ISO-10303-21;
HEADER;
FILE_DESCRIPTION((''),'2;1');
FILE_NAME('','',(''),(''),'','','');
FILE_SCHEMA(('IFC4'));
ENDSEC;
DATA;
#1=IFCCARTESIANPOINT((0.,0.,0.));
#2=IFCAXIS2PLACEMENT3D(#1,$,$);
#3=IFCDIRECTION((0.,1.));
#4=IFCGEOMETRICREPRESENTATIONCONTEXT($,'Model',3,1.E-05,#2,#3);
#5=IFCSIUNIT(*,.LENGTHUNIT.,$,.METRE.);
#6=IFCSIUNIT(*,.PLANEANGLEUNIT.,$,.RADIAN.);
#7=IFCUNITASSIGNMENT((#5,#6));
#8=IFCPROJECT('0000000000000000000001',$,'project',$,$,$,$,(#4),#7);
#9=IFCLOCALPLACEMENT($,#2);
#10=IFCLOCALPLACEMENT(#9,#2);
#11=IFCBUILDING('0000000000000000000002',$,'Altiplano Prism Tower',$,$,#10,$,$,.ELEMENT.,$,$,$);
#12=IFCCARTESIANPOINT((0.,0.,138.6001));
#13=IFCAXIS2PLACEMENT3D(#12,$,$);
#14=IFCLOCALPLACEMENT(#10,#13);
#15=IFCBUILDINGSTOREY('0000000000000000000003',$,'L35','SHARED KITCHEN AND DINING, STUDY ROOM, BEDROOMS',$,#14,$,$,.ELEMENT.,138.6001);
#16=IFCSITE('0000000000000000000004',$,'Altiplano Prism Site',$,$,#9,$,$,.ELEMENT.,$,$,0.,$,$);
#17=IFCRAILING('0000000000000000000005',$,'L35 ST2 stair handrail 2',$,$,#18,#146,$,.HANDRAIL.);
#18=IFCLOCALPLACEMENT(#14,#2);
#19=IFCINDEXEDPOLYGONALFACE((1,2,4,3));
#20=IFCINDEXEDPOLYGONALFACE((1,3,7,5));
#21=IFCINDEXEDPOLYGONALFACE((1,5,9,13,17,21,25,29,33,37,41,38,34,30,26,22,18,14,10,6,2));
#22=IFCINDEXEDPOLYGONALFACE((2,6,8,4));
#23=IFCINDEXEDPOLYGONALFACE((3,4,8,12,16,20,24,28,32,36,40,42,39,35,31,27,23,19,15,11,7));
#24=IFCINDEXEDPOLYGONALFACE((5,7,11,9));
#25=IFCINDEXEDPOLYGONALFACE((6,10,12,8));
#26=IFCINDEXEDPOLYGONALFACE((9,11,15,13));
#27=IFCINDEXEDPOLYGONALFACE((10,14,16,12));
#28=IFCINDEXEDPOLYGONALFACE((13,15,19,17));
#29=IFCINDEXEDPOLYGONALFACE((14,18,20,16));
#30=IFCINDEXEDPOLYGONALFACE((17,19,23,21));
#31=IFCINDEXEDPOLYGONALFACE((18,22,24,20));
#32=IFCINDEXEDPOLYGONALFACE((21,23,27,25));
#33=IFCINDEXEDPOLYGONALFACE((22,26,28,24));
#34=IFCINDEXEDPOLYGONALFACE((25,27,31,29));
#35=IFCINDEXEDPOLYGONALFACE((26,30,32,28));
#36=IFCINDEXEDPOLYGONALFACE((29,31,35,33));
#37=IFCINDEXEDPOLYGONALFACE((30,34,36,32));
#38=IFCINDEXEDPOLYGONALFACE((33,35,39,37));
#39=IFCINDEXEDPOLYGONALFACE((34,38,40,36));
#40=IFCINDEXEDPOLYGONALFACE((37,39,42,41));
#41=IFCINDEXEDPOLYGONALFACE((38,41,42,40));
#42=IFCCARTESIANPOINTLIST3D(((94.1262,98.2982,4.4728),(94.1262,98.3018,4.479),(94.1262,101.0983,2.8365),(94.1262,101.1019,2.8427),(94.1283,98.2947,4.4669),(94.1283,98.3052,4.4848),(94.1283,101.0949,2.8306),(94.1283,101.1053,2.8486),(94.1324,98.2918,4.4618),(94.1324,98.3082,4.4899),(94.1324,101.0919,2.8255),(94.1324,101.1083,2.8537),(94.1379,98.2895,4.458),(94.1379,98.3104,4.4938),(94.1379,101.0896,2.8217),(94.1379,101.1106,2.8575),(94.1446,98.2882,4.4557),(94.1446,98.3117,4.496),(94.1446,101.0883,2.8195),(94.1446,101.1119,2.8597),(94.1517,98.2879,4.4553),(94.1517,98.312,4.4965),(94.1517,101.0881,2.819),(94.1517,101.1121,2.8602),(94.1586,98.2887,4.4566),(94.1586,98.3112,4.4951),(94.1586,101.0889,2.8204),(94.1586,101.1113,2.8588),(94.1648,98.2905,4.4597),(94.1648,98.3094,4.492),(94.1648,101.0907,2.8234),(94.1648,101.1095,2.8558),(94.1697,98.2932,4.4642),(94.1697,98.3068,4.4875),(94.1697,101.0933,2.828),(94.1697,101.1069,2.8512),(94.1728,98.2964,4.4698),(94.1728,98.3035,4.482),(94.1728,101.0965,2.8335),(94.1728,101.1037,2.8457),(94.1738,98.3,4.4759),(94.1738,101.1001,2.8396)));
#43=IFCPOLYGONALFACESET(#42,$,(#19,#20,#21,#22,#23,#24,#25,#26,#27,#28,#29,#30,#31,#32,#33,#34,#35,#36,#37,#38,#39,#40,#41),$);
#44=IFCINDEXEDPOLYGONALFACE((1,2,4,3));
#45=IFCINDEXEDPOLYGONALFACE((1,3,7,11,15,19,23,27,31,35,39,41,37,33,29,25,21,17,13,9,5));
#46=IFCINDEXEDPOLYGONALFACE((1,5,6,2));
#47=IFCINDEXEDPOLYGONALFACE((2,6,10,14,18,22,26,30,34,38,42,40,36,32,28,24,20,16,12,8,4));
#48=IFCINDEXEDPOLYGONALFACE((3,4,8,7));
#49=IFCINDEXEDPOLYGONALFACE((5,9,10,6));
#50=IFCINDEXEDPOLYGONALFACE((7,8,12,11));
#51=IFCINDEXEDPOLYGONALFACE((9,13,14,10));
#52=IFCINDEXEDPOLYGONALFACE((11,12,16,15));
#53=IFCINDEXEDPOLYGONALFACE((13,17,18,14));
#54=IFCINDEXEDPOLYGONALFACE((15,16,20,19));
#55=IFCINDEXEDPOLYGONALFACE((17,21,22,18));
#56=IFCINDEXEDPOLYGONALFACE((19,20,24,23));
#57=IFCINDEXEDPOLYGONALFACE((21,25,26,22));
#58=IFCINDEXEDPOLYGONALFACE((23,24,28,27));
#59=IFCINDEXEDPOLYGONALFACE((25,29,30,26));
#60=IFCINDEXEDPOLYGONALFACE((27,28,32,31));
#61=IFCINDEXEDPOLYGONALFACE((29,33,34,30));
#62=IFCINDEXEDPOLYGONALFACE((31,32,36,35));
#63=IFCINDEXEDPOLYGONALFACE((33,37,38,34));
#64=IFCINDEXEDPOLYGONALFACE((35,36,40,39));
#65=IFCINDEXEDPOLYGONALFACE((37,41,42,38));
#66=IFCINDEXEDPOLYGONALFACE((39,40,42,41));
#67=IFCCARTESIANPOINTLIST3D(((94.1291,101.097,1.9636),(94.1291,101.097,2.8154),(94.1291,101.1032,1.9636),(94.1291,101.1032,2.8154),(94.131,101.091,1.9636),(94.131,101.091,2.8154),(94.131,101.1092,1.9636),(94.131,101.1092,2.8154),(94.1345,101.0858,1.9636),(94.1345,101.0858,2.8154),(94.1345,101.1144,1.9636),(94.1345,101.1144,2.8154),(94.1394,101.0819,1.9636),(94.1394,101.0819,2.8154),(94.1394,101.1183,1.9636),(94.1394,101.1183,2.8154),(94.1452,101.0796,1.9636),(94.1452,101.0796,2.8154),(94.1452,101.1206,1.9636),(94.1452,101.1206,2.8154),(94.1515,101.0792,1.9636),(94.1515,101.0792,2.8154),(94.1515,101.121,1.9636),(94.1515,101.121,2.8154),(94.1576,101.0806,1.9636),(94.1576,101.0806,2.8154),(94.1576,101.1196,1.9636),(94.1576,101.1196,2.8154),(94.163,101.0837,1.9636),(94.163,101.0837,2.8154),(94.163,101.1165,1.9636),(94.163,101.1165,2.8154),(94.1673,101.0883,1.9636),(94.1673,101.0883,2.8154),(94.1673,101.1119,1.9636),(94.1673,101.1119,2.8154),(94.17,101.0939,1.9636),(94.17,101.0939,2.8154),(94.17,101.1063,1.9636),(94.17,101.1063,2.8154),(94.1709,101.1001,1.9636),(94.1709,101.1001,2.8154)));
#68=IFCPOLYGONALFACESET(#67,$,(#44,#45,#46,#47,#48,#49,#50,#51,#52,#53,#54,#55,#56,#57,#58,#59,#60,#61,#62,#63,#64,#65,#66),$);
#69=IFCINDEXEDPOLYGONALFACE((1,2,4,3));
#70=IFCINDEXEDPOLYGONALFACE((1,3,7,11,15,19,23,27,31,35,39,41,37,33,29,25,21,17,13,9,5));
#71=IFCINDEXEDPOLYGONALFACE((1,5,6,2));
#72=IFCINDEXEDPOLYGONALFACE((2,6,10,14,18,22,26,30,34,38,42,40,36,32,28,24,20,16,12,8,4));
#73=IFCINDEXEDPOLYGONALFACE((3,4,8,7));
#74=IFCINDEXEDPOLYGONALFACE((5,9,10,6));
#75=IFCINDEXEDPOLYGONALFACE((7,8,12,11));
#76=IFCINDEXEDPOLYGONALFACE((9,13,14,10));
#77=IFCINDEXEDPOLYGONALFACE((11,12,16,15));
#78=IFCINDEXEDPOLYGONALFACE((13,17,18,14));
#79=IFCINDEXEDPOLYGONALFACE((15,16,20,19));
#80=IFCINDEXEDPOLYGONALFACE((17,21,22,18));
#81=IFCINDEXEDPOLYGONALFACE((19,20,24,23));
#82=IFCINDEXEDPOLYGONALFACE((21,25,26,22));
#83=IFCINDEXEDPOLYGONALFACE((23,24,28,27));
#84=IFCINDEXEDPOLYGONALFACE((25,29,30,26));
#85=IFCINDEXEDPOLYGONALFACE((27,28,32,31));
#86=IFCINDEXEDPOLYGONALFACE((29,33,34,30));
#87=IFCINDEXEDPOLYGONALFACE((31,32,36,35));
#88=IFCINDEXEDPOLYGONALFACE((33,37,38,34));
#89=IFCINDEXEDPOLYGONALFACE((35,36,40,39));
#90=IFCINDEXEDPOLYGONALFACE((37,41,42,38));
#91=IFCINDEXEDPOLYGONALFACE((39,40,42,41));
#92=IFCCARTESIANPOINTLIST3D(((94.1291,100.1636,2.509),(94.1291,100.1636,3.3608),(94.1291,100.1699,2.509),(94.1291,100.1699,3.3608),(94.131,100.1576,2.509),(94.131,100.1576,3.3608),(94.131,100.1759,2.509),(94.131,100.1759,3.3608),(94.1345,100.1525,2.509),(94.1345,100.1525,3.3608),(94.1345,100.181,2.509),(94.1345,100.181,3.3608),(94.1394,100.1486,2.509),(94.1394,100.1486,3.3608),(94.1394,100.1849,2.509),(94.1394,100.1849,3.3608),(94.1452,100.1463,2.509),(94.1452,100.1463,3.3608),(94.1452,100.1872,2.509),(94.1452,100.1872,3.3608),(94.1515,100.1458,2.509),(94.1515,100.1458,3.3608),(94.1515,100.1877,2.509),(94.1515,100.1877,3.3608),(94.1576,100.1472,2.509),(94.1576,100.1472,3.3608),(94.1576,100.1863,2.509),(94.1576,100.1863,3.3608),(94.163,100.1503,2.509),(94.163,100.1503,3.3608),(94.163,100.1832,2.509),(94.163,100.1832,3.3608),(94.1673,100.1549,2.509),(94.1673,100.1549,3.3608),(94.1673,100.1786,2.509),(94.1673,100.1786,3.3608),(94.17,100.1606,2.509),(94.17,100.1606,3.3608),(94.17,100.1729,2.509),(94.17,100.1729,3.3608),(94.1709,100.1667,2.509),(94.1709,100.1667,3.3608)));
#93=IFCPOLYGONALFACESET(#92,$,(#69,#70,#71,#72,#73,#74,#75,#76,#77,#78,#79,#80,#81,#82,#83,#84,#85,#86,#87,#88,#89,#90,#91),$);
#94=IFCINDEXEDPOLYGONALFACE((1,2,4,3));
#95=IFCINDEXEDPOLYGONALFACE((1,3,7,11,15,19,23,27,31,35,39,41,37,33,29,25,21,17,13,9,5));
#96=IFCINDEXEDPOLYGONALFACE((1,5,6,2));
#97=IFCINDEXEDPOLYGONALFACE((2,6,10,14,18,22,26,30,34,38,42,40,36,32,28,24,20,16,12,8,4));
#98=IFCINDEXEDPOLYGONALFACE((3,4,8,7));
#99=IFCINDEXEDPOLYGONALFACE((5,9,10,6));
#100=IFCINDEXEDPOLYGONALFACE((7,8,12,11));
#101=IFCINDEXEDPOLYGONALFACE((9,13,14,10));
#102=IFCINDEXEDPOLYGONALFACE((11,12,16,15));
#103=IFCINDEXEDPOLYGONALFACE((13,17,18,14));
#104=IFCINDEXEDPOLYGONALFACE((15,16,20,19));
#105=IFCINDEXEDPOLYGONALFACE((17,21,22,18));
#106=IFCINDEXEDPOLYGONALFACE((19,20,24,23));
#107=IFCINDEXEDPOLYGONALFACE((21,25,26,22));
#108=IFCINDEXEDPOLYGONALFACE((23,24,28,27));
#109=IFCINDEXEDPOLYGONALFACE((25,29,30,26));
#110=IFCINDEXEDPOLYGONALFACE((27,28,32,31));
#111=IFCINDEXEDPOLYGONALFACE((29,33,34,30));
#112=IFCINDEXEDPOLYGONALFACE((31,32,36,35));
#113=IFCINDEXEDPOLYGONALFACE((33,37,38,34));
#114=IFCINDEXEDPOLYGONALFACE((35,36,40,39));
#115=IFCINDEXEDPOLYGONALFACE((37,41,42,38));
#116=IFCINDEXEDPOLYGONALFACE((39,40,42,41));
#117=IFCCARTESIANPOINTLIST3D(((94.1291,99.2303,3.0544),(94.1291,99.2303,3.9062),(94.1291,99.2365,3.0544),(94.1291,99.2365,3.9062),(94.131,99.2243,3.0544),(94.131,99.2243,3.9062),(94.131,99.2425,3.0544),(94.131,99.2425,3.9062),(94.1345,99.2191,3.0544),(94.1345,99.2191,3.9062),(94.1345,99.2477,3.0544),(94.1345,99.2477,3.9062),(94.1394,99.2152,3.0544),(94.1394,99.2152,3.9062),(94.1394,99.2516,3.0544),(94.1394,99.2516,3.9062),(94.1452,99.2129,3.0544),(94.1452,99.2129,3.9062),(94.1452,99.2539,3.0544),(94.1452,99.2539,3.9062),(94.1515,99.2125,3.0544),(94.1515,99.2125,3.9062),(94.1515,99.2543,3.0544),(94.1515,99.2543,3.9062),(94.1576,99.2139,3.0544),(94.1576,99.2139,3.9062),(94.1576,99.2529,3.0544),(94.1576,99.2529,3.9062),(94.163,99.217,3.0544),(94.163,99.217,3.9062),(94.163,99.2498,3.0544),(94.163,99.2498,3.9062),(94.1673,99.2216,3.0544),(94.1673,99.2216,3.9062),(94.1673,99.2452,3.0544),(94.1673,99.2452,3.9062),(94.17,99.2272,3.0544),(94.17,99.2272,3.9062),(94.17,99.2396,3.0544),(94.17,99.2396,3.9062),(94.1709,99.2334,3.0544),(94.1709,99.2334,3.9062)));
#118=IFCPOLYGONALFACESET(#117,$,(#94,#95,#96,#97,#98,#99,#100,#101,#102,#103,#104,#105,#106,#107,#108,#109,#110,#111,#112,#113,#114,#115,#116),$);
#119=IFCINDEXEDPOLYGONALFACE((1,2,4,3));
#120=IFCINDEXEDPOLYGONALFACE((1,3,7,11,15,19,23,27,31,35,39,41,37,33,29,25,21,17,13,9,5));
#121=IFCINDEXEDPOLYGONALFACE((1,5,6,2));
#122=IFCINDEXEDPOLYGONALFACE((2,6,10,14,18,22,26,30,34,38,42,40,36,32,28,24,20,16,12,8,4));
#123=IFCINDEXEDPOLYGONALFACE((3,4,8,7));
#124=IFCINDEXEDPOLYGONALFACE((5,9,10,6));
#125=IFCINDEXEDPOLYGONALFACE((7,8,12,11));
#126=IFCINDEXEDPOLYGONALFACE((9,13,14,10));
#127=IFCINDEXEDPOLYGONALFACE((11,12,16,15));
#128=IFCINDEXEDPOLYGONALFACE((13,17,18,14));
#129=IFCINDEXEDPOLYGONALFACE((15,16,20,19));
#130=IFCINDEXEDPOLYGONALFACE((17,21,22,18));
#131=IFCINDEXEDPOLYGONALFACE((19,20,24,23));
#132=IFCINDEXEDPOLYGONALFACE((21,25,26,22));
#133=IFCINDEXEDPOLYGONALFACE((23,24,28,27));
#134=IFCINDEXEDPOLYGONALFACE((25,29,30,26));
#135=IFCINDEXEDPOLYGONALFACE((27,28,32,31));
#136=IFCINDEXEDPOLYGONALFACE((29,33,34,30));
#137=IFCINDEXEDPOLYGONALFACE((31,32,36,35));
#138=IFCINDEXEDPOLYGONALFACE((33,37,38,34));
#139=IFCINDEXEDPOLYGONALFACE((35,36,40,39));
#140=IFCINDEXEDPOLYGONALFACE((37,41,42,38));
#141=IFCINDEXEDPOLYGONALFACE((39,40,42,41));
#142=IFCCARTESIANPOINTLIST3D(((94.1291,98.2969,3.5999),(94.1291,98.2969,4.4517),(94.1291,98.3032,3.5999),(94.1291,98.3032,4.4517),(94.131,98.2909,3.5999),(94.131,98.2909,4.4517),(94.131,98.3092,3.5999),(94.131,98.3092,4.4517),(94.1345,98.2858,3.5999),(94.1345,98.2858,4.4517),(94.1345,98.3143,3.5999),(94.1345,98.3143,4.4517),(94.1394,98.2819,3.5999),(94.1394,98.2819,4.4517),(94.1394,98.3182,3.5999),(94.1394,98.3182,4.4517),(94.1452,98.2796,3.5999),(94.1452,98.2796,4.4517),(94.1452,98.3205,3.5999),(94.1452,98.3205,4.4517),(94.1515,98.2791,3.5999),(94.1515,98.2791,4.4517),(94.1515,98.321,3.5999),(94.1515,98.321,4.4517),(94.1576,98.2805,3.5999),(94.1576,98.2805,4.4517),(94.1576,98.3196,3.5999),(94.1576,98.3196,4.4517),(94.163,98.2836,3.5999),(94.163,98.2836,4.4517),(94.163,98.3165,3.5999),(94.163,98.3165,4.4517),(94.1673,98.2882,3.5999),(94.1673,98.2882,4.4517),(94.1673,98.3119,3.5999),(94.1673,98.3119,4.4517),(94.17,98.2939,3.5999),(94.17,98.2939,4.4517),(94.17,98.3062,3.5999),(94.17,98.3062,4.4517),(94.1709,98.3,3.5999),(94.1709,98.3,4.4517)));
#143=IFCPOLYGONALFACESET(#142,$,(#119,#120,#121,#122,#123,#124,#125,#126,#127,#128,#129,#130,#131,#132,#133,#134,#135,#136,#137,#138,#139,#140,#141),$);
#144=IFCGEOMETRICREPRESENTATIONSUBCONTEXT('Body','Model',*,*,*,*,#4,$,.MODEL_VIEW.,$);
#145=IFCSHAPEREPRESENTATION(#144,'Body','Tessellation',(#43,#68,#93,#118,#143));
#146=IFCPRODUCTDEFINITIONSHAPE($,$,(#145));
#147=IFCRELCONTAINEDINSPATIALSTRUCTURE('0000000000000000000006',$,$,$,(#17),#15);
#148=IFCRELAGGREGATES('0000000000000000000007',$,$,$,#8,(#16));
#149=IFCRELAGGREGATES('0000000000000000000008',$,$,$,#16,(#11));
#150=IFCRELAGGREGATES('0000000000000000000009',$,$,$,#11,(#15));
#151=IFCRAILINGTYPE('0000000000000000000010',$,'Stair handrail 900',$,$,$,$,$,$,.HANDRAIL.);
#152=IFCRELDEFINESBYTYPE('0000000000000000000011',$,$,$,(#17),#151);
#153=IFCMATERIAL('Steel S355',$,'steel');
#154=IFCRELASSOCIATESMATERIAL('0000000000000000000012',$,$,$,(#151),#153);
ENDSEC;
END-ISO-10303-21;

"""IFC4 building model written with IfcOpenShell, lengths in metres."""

from ifc_helpers import new_model, si_unit, direction, frame, origin, origin_2d, place, context, subcontext, project, spatial, circle, extrude, material, type_object, element, save


model = new_model("IFC4")

# Units and contexts
model_context = context("Model", 3, precision=1e-05, world=origin(), true_north=direction((0.0, 1.0)))
body_context = subcontext(model_context, "Body", "Model", "MODEL_VIEW")
ifc_project = project(units=[si_unit("LENGTHUNIT", "METRE"), si_unit("PLANEANGLEUNIT", "RADIAN")], contexts=[model_context])

# Site, building, storey
site_placement = place(None, origin())
site = spatial("IfcSite", under=ifc_project, at=site_placement, Name="Altiplano Prism Site", CompositionType="ELEMENT", RefElevation=0.0)
building_placement = place(site_placement, origin())
building = spatial("IfcBuilding", under=site, at=building_placement, Name="Altiplano Prism Tower", CompositionType="ELEMENT")
storey_placement = place(building_placement, frame((0.0, 0.0, 138.6001)))
storey = spatial("IfcBuildingStorey", under=building, at=storey_placement, Name="L35", Description="SHARED KITCHEN AND DINING, STUDY ROOM, BEDROOMS", CompositionType="ELEMENT", Elevation=138.6001)

# Railing
ifc_material_1 = material(Name="Steel S355", Category="steel")
railing_type_1 = type_object("IfcRailingType", Name="Stair handrail 900", PredefinedType="HANDRAIL", material=ifc_material_1)
railing_1_placement = place(storey_placement, frame((94.1499, 101.1001, 1.9636)))
element("IfcRailing", 1, at=railing_1_placement, inside=storey, type_object=railing_type_1, Name="L35 ST2 stair handrail 2", PredefinedType="HANDRAIL", context=body_context, shape_type="SweptSolid", body=[
    extrude(circle(Radius=0.0239, at=origin_2d()), frame((0.0, 0.0, 0.876), z_axis=(0.0, -0.863394, 0.504531), x_axis=(1.0, 0.0, 0.0)), (0.0, 0.0, 1.0), 3.2432),
    extrude(circle(Radius=0.021, at=origin_2d()), origin(), (0.0, 0.0, 1.0), 0.8518),
    extrude(circle(Radius=0.021, at=origin_2d()), frame((0.0, -0.9333, 0.5454)), (0.0, 0.0, 1.0), 0.8518),
    extrude(circle(Radius=0.021, at=origin_2d()), frame((0.0, -1.8667, 1.0908)), (0.0, 0.0, 1.0), 0.8518),
    extrude(circle(Radius=0.021, at=origin_2d()), frame((0.0, -2.8, 1.6362)), (0.0, 0.0, 1.0), 0.8518),
])

save(model, "model.ifc")
